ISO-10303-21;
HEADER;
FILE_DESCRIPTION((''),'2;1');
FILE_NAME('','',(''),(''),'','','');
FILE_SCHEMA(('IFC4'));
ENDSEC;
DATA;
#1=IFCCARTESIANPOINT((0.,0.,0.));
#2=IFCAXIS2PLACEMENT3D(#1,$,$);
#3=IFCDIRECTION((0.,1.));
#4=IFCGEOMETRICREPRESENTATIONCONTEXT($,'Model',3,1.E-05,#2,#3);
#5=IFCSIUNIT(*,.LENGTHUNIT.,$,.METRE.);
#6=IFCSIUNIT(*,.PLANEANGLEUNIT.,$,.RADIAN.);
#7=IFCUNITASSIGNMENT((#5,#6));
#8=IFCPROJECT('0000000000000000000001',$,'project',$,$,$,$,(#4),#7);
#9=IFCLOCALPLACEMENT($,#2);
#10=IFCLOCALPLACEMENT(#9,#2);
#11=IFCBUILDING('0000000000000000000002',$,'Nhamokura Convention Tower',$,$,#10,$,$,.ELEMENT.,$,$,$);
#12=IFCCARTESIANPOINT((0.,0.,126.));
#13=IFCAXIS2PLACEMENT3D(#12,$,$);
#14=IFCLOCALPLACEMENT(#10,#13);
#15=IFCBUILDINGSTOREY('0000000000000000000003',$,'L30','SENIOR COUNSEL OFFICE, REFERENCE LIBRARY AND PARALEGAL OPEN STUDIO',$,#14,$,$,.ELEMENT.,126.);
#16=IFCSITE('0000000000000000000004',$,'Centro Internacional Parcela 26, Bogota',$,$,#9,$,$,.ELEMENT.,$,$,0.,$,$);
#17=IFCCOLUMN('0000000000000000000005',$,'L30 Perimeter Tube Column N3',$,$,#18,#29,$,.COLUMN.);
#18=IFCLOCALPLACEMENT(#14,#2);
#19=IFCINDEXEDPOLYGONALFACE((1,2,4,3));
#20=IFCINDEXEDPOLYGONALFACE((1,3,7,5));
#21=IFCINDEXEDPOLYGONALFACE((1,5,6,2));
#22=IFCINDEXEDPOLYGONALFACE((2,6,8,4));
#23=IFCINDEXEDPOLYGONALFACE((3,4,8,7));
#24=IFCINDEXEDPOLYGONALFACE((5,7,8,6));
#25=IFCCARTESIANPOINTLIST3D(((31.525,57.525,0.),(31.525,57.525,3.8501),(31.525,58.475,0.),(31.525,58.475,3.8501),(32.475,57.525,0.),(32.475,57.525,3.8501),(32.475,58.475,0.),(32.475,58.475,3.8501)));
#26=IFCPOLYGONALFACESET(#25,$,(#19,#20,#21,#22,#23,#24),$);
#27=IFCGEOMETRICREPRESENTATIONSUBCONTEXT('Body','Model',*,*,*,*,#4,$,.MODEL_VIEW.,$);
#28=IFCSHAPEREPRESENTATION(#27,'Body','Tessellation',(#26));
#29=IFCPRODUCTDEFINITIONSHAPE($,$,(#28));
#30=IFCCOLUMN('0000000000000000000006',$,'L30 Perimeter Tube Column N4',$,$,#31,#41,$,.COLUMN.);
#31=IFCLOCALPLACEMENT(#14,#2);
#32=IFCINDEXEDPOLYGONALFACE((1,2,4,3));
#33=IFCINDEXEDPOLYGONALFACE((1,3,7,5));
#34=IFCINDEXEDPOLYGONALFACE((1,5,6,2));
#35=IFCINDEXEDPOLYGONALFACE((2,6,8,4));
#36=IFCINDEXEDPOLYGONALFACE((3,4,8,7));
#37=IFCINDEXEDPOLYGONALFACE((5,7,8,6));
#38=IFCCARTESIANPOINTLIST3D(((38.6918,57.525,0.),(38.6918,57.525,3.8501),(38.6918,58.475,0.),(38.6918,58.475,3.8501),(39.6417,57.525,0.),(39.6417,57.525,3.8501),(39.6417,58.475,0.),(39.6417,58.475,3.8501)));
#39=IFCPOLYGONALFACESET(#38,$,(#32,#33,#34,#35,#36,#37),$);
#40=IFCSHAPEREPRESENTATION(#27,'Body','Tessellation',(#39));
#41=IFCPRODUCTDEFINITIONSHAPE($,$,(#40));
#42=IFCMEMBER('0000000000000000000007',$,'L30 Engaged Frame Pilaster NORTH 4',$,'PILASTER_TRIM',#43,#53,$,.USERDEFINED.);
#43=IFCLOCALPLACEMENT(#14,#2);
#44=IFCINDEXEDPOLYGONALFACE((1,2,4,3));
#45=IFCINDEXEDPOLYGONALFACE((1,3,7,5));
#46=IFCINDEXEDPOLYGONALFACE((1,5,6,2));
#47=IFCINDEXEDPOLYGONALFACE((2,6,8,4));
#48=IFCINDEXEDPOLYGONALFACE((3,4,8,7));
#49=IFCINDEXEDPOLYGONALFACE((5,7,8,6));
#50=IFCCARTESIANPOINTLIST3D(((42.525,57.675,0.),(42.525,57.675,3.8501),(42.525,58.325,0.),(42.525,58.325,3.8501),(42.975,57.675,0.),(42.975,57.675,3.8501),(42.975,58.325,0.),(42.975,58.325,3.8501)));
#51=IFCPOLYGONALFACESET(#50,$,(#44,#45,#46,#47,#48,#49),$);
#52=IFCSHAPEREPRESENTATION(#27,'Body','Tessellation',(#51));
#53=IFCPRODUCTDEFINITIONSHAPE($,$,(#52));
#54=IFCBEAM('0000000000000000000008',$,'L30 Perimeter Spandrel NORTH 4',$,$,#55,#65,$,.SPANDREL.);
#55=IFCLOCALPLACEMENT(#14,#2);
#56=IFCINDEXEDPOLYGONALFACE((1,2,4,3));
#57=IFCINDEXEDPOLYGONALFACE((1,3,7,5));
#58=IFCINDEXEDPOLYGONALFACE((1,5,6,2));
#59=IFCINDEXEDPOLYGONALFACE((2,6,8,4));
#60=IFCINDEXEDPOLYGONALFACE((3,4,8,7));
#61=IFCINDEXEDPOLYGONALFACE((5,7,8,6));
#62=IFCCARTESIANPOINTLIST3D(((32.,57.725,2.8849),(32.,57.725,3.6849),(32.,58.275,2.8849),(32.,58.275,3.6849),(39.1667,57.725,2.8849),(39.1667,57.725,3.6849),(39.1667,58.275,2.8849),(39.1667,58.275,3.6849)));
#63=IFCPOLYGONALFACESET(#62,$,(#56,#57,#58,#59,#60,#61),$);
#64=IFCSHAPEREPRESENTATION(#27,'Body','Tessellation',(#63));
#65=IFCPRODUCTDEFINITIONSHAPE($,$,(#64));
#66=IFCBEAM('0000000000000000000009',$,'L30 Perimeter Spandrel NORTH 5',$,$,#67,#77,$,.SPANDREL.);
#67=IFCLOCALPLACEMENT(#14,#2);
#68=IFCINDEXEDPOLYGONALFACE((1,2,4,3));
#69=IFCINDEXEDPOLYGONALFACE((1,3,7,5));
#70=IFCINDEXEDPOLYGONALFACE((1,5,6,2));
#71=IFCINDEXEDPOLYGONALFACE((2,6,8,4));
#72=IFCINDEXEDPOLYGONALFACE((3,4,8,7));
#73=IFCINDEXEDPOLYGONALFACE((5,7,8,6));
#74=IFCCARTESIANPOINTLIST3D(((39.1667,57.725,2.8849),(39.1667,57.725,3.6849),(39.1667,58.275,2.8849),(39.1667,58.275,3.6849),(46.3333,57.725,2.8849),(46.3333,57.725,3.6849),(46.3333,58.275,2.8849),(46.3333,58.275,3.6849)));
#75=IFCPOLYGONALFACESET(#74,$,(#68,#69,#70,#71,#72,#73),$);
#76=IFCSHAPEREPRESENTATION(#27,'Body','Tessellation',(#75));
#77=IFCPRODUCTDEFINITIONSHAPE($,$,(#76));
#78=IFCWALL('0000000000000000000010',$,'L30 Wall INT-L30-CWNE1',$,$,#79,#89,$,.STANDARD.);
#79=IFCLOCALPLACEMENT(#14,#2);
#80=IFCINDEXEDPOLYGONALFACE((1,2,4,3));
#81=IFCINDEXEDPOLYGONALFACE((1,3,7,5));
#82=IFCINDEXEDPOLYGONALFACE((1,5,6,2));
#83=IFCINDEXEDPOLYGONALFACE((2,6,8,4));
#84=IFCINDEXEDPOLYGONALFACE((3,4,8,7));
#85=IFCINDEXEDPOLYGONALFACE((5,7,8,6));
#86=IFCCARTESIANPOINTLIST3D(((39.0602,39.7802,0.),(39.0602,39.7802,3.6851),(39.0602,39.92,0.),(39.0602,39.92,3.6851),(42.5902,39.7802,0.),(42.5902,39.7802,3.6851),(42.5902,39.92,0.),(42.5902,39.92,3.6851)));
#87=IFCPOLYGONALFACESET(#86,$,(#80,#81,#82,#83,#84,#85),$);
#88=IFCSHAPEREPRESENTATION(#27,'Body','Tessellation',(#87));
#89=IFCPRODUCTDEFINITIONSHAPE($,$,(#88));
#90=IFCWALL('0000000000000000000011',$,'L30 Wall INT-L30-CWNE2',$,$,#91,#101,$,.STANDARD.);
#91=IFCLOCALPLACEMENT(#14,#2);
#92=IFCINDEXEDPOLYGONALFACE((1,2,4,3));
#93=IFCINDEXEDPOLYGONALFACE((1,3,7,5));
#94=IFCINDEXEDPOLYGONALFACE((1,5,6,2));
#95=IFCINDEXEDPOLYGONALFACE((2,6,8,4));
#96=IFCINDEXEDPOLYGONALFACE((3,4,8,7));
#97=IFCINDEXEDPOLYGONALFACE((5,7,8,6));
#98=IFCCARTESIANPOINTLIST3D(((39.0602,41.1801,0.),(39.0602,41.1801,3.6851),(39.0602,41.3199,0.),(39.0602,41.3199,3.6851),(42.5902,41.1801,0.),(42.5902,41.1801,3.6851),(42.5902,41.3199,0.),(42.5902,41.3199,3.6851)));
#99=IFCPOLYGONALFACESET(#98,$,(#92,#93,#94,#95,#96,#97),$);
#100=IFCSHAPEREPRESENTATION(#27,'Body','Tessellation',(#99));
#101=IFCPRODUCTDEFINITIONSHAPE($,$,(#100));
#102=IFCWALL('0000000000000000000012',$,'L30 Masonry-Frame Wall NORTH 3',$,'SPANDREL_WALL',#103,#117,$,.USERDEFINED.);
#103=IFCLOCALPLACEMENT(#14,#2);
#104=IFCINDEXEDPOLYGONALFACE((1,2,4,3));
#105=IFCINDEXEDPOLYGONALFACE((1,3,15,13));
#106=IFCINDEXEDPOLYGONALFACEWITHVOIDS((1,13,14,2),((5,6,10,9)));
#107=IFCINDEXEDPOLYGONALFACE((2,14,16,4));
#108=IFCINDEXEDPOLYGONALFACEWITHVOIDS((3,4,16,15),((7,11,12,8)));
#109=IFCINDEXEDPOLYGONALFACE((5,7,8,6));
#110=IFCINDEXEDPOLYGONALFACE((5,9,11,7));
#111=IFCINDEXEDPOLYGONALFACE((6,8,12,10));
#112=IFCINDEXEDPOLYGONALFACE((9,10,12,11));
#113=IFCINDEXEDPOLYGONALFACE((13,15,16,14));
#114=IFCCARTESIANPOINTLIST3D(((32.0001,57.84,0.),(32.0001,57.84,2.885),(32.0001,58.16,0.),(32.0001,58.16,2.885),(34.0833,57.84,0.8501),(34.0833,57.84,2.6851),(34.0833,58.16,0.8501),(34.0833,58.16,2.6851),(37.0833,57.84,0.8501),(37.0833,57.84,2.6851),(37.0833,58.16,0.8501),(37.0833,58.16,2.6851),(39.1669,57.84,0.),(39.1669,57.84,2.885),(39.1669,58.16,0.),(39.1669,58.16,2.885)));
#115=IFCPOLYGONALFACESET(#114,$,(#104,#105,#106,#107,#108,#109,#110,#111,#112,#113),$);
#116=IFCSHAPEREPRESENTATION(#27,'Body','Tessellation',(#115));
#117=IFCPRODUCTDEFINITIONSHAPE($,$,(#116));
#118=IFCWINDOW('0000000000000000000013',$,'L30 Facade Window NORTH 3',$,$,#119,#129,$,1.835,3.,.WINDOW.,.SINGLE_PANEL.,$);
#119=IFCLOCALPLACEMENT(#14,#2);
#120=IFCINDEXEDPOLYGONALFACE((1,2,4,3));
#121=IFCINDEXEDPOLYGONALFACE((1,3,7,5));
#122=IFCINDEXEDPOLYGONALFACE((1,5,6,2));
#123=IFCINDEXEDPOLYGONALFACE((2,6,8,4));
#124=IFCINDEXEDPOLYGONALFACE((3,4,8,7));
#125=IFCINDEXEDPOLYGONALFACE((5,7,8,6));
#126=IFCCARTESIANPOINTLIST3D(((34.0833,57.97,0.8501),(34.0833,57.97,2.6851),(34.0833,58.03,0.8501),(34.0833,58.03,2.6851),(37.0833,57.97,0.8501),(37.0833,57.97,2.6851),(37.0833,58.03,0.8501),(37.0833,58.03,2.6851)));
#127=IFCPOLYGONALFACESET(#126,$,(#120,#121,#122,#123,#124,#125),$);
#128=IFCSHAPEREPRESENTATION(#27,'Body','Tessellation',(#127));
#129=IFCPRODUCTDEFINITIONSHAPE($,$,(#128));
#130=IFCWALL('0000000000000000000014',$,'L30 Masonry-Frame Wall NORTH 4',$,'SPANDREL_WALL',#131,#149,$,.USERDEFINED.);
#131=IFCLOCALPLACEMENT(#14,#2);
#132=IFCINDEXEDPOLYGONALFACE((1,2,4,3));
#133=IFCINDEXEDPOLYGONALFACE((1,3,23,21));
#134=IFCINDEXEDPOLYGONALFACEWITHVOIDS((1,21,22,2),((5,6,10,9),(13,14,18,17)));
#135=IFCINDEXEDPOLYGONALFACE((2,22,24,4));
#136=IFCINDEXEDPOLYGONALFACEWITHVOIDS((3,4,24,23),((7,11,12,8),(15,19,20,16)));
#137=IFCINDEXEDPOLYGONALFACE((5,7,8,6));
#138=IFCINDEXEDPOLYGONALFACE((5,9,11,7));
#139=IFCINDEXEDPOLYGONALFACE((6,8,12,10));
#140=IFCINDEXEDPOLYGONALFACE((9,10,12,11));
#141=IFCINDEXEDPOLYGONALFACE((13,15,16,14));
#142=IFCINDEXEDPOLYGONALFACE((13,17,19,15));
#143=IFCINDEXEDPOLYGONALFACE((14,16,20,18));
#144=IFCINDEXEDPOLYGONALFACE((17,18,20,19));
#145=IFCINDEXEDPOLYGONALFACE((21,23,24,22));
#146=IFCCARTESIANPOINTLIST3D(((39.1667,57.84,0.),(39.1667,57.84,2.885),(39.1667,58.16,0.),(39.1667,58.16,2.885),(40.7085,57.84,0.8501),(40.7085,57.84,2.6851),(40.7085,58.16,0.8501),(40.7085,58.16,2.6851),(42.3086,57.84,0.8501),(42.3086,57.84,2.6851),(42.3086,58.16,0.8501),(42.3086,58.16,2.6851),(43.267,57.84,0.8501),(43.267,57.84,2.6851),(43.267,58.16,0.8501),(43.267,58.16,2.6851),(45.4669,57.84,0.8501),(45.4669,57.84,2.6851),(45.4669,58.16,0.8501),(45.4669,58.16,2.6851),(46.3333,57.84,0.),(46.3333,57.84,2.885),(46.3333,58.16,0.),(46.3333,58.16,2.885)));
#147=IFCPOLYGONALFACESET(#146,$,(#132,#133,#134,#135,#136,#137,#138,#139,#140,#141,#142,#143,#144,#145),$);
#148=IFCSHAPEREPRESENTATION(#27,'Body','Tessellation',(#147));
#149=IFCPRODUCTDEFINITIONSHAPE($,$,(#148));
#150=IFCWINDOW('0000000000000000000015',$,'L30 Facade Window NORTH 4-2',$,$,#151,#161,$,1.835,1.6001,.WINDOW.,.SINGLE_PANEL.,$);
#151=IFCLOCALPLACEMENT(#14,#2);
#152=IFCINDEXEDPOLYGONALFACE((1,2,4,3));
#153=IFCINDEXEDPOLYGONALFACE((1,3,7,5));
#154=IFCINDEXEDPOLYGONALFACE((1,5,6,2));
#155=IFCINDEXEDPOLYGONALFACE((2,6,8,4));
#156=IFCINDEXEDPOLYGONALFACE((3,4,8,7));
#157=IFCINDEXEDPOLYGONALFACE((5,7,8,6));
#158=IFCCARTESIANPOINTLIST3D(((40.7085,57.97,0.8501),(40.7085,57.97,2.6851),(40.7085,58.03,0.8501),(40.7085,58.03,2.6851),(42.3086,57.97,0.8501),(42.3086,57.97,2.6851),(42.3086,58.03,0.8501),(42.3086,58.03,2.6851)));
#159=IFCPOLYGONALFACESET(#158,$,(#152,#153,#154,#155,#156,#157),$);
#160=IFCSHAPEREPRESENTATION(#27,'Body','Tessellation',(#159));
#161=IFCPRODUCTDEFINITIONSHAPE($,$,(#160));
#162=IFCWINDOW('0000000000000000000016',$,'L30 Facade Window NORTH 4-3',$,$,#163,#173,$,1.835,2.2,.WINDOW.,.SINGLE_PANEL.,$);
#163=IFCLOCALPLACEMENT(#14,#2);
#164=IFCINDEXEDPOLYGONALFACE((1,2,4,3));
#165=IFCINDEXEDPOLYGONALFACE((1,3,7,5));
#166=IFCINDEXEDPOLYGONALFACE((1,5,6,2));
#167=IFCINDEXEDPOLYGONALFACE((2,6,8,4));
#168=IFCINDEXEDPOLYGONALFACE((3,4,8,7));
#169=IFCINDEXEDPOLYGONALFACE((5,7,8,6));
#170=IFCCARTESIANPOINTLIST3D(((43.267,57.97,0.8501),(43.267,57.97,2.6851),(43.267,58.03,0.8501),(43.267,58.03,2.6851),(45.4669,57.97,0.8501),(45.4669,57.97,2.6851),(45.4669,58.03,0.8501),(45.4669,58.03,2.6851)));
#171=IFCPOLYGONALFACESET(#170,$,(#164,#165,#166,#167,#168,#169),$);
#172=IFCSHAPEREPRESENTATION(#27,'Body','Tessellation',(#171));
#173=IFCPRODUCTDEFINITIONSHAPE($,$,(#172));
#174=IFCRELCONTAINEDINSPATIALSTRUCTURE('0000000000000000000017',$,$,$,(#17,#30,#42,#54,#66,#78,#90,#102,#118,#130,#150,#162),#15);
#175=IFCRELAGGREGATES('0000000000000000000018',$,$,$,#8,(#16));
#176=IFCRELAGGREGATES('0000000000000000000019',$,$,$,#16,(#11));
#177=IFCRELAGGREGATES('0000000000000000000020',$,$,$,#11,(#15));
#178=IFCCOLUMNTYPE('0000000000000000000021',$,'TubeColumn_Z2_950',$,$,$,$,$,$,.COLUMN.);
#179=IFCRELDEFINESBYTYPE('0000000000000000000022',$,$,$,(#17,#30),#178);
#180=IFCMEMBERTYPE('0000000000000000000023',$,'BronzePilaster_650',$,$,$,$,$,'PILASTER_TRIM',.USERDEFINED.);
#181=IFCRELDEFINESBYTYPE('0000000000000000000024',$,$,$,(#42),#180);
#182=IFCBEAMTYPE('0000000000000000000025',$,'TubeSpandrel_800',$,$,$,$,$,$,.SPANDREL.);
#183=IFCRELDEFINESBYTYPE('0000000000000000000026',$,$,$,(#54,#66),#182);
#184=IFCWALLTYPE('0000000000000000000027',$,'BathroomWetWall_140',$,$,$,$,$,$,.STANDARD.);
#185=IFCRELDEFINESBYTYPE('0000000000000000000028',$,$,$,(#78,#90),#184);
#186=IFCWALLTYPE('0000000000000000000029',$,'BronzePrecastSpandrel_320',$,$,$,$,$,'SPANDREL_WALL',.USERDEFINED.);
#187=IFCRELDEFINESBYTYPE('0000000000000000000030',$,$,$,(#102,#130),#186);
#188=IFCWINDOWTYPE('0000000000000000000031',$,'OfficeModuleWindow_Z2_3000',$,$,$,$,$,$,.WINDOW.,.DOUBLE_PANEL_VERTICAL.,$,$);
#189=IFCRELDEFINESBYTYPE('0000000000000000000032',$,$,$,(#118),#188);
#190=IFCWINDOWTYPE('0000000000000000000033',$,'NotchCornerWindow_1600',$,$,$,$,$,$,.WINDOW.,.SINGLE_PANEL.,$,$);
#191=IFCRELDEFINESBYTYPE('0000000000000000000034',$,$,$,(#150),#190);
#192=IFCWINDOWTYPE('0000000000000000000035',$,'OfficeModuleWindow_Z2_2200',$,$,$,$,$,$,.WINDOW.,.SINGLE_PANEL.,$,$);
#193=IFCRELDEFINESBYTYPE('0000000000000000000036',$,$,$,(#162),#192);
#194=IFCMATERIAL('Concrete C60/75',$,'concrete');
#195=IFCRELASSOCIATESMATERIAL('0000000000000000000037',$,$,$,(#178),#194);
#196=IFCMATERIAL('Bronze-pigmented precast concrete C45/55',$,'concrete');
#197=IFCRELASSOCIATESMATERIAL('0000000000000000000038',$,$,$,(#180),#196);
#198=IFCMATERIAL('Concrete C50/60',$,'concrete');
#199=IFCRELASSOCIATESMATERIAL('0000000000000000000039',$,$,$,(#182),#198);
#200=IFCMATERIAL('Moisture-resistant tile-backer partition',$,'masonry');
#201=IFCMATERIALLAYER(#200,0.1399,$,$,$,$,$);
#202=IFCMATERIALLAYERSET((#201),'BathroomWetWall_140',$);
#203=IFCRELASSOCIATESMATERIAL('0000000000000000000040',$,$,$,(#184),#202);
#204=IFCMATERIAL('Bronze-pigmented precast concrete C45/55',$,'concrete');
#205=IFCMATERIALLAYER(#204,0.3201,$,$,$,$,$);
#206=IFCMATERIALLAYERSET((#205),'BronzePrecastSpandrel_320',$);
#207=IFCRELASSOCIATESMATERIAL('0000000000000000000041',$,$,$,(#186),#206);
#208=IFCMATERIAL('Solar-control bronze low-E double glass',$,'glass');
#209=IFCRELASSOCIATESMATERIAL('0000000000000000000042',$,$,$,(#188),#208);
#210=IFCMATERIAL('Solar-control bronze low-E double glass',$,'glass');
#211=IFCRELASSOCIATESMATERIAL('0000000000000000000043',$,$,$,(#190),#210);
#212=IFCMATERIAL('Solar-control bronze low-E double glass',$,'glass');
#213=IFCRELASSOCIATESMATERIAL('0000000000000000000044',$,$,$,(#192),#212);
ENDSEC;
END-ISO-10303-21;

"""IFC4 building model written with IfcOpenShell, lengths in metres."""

from ifc_helpers import new_model, si_unit, direction, frame, frame_2d, origin, origin_2d, place, context, subcontext, project, spatial, rectangle, extrude, material, layer, layer_set, material_profile, profile_set, type_object, element, fill, save


model = new_model("IFC4")

# Units and contexts
model_context = context("Model", 3, precision=1e-05, world=origin(), true_north=direction((0.0, 1.0)))
body_context = subcontext(model_context, "Body", "Model", "MODEL_VIEW")
ifc_project = project(units=[si_unit("LENGTHUNIT", "METRE"), si_unit("PLANEANGLEUNIT", "RADIAN")], contexts=[model_context])

# Site, building, storey
site_placement = place(None, origin())
site = spatial("IfcSite", under=ifc_project, at=site_placement, Name="Centro Internacional Parcela 26, Bogota", CompositionType="ELEMENT", RefElevation=0.0)
building_placement = place(site_placement, origin())
building = spatial("IfcBuilding", under=site, at=building_placement, Name="Nhamokura Convention Tower", CompositionType="ELEMENT")
storey_placement = place(building_placement, frame((0.0, 0.0, 126.0)))
storey = spatial("IfcBuildingStorey", under=building, at=storey_placement, Name="L30", Description="SENIOR COUNSEL OFFICE, REFERENCE LIBRARY AND PARALEGAL OPEN STUDIO", CompositionType="ELEMENT", Elevation=126.0)

# Columns
ifc_material_1 = material(Name="Concrete C60/75", Category="concrete")
ifc_material_profile_1 = material_profile(ifc_material_1, rectangle(XDim=0.95, YDim=0.95, at=origin_2d()))
ifc_profile_set_1 = profile_set([ifc_material_profile_1], Name="Concrete C60/75")
column_type = type_object("IfcColumnType", Name="TubeColumn_Z2_950", PredefinedType="COLUMN", material=ifc_profile_set_1)
for number, where, z_axis, x_axis, name in (
    (1, (32.0, 58.0, 0.0), (0.0, 0.0, 1.0), (1.0, 0.0, 0.0), "L30 Perimeter Tube Column N3"),
    (2, (39.1667, 58.0, 0.0), (0.0, 0.0, 1.0), (1.0, 0.0, 0.0), "L30 Perimeter Tube Column N4"),
):
    element("IfcColumn", number, at=place(storey_placement, frame(where, z_axis=z_axis, x_axis=x_axis)), inside=storey, type_object=column_type, Name=name, PredefinedType="COLUMN", context=body_context, shape_type="SweptSolid", body=[
        extrude(rectangle(XDim=0.95, YDim=0.95, at=origin_2d()), origin(), (0.0, 0.0, 1.0), 3.8501),
    ])

# Member
ifc_material_2 = material(Name="Bronze-pigmented precast concrete C45/55", Category="concrete")
ifc_material_profile_2 = material_profile(ifc_material_2, rectangle(XDim=0.45, YDim=0.6499, at=origin_2d()))
ifc_profile_set_2 = profile_set([ifc_material_profile_2], Name="Bronze-pigmented precast concrete C45/55")
member_type = type_object("IfcMemberType", Name="BronzePilaster_650", ElementType="PILASTER_TRIM", PredefinedType="USERDEFINED", material=ifc_profile_set_2)
member_placement = place(storey_placement, frame((42.75, 58.0, 0.0), z_axis=(0.0, 0.0, 1.0), x_axis=(1.0, 0.0, 0.0)))
element("IfcMember", 3, at=member_placement, inside=storey, type_object=member_type, Name="L30 Engaged Frame Pilaster NORTH 4", ObjectType="PILASTER_TRIM", PredefinedType="USERDEFINED", context=body_context, shape_type="SweptSolid", body=[
    extrude(rectangle(XDim=0.45, YDim=0.6499, at=origin_2d()), origin(), (0.0, 0.0, 1.0), 3.8501),
])

# Beams
ifc_material_3 = material(Name="Concrete C50/60", Category="concrete")
ifc_material_profile_3 = material_profile(ifc_material_3, rectangle(XDim=0.55, YDim=0.8, at=origin_2d()))
ifc_profile_set_3 = profile_set([ifc_material_profile_3], Name="Concrete C50/60")
beam_type = type_object("IfcBeamType", Name="TubeSpandrel_800", PredefinedType="SPANDREL", material=ifc_profile_set_3)
beam_1_placement = place(storey_placement, frame((32.0, 58.0, 3.2849), z_axis=(1.0, 0.0, 0.0), x_axis=(0.0, 1.0, 0.0)))
element("IfcBeam", 4, at=beam_1_placement, inside=storey, type_object=beam_type, Name="L30 Perimeter Spandrel NORTH 4", PredefinedType="SPANDREL", context=body_context, shape_type="SweptSolid", body=[
    extrude(rectangle(XDim=0.55, YDim=0.8, at=origin_2d()), origin(), (0.0, 0.0, 1.0), 7.1667),
])
beam_2_placement = place(storey_placement, frame((39.1667, 58.0, 3.2849), z_axis=(1.0, 0.0, 0.0), x_axis=(0.0, 1.0, 0.0)))
element("IfcBeam", 5, at=beam_2_placement, inside=storey, type_object=beam_type, Name="L30 Perimeter Spandrel NORTH 5", PredefinedType="SPANDREL", context=body_context, shape_type="SweptSolid", body=[
    extrude(rectangle(XDim=0.55, YDim=0.8, at=origin_2d()), origin(), (0.0, 0.0, 1.0), 7.1665),
])

# Walls
ifc_material_4 = material(Name="Moisture-resistant tile-backer partition", Category="masonry")
ifc_layer_1 = layer(ifc_material_4, 0.1399)
ifc_layer_set_1 = layer_set([ifc_layer_1], Name="BathroomWetWall_140")
wall_type_1 = type_object("IfcWallType", Name="BathroomWetWall_140", PredefinedType="STANDARD", material=ifc_layer_set_1)
for number, where, z_axis, x_axis, name in (
    (6, (39.0601, 39.8501, 0.0), (0.0, 0.0, 1.0), (1.0, 0.0, 0.0), "L30 Wall INT-L30-CWNE1"),
    (7, (39.0601, 41.25, 0.0), (0.0, 0.0, 1.0), (1.0, 0.0, 0.0), "L30 Wall INT-L30-CWNE2"),
):
    element("IfcWall", number, at=place(storey_placement, frame(where, z_axis=z_axis, x_axis=x_axis)), inside=storey, type_object=wall_type_1, Name=name, PredefinedType="STANDARD", context=body_context, shape_type="SweptSolid", body=[
        extrude(rectangle(XDim=3.53, YDim=0.1399, at=frame_2d((1.7651, 0.0))), origin(), (0.0, 0.0, 1.0), 3.6851),
    ])

# Wall, opening, window
ifc_material_5 = material(Name="Bronze-pigmented precast concrete C45/55", Category="concrete")
ifc_layer_2 = layer(ifc_material_5, 0.3201)
ifc_layer_set_2 = layer_set([ifc_layer_2], Name="BronzePrecastSpandrel_320")
wall_type_2 = type_object("IfcWallType", Name="BronzePrecastSpandrel_320", ElementType="SPANDREL_WALL", PredefinedType="USERDEFINED", material=ifc_layer_set_2)
wall_1_placement = place(storey_placement, frame((32.0, 58.0, 0.0), z_axis=(0.0, 0.0, 1.0), x_axis=(1.0, 0.0, 0.0)))
wall_1 = element("IfcWall", 8, at=wall_1_placement, inside=storey, type_object=wall_type_2, Name="L30 Masonry-Frame Wall NORTH 3", ObjectType="SPANDREL_WALL", PredefinedType="USERDEFINED", context=body_context, shape_type="SweptSolid", body=[
    extrude(rectangle(XDim=7.1667, YDim=0.3201, at=frame_2d((3.5835, 0.0))), origin(), (0.0, 0.0, 1.0), 2.885),
])
opening_1_placement = place(wall_1_placement, frame((2.0833, 0.0, 0.8501)))
opening_1 = element("IfcOpeningElement", 9, at=opening_1_placement, cuts=wall_1, PredefinedType="OPENING", context=body_context, shape_type="SweptSolid", body=[
    extrude(rectangle(XDim=3.0, YDim=1.835, at=frame_2d((1.5, 0.9175))), frame((0.0, 0.1699, 0.0), z_axis=(0.0, -1.0, 0.0), x_axis=(1.0, 0.0, 0.0)), (0.0, 0.0, 1.0), 0.3401),
])
ifc_material_6 = material(Name="Solar-control bronze low-E double glass", Category="glass")
window_type_1 = type_object("IfcWindowType", Name="OfficeModuleWindow_Z2_3000", PartitioningType="DOUBLE_PANEL_VERTICAL", PredefinedType="WINDOW", material=ifc_material_6)
window_1_placement = place(opening_1_placement, origin())
window_1 = element("IfcWindow", 10, at=window_1_placement, inside=storey, type_object=window_type_1, Name="L30 Facade Window NORTH 3", OverallHeight=1.835, OverallWidth=3.0, PartitioningType="SINGLE_PANEL", PredefinedType="WINDOW", context=body_context, shape_type="SweptSolid", body=[
    extrude(rectangle(XDim=3.0, YDim=1.835, at=frame_2d((1.5, 0.9175))), frame((0.0, 0.03, 0.0), z_axis=(0.0, -1.0, 0.0), x_axis=(1.0, 0.0, 0.0)), (0.0, 0.0, 1.0), 0.0601),
])
fill(opening_1, window_1)

# Wall, openings, windows
wall_2_placement = place(storey_placement, frame((39.1667, 58.0, 0.0), z_axis=(0.0, 0.0, 1.0), x_axis=(1.0, 0.0, 0.0)))
wall_2 = element("IfcWall", 11, at=wall_2_placement, inside=storey, type_object=wall_type_2, Name="L30 Masonry-Frame Wall NORTH 4", ObjectType="SPANDREL_WALL", PredefinedType="USERDEFINED", context=body_context, shape_type="SweptSolid", body=[
    extrude(rectangle(XDim=7.1665, YDim=0.3201, at=frame_2d((3.5833, 0.0))), origin(), (0.0, 0.0, 1.0), 2.885),
])
opening_2_placement = place(wall_2_placement, frame((1.5417, 0.0, 0.8501)))
opening_2 = element("IfcOpeningElement", 12, at=opening_2_placement, cuts=wall_2, PredefinedType="OPENING", context=body_context, shape_type="SweptSolid", body=[
    extrude(rectangle(XDim=1.6001, YDim=1.835, at=frame_2d((0.8, 0.9175))), frame((0.0, 0.1699, 0.0), z_axis=(0.0, -1.0, 0.0), x_axis=(1.0, 0.0, 0.0)), (0.0, 0.0, 1.0), 0.3401),
])
opening_3_placement = place(wall_2_placement, frame((4.1001, 0.0, 0.8501)))
opening_3 = element("IfcOpeningElement", 13, at=opening_3_placement, cuts=wall_2, PredefinedType="OPENING", context=body_context, shape_type="SweptSolid", body=[
    extrude(rectangle(XDim=2.2, YDim=1.835, at=frame_2d((1.1001, 0.9175))), frame((0.0, 0.1699, 0.0), z_axis=(0.0, -1.0, 0.0), x_axis=(1.0, 0.0, 0.0)), (0.0, 0.0, 1.0), 0.3401),
])
ifc_material_7 = material(Name="Solar-control bronze low-E double glass", Category="glass")
window_type_2 = type_object("IfcWindowType", Name="NotchCornerWindow_1600", PartitioningType="SINGLE_PANEL", PredefinedType="WINDOW", material=ifc_material_7)
window_2_placement = place(opening_2_placement, origin())
window_2 = element("IfcWindow", 14, at=window_2_placement, inside=storey, type_object=window_type_2, Name="L30 Facade Window NORTH 4-2", OverallHeight=1.835, OverallWidth=1.6001, PartitioningType="SINGLE_PANEL", PredefinedType="WINDOW", context=body_context, shape_type="SweptSolid", body=[
    extrude(rectangle(XDim=1.6001, YDim=1.835, at=frame_2d((0.8, 0.9175))), frame((0.0, 0.03, 0.0), z_axis=(0.0, -1.0, 0.0), x_axis=(1.0, 0.0, 0.0)), (0.0, 0.0, 1.0), 0.0601),
])
fill(opening_2, window_2)
ifc_material_8 = material(Name="Solar-control bronze low-E double glass", Category="glass")
window_type_3 = type_object("IfcWindowType", Name="OfficeModuleWindow_Z2_2200", PartitioningType="SINGLE_PANEL", PredefinedType="WINDOW", material=ifc_material_8)
window_3_placement = place(opening_3_placement, origin())
window_3 = element("IfcWindow", 15, at=window_3_placement, inside=storey, type_object=window_type_3, Name="L30 Facade Window NORTH 4-3", OverallHeight=1.835, OverallWidth=2.2, PartitioningType="SINGLE_PANEL", PredefinedType="WINDOW", context=body_context, shape_type="SweptSolid", body=[
    extrude(rectangle(XDim=2.2, YDim=1.835, at=frame_2d((1.1001, 0.9175))), frame((0.0, 0.03, 0.0), z_axis=(0.0, -1.0, 0.0), x_axis=(1.0, 0.0, 0.0)), (0.0, 0.0, 1.0), 0.0601),
])
fill(opening_3, window_3)

save(model, "model.ifc")
